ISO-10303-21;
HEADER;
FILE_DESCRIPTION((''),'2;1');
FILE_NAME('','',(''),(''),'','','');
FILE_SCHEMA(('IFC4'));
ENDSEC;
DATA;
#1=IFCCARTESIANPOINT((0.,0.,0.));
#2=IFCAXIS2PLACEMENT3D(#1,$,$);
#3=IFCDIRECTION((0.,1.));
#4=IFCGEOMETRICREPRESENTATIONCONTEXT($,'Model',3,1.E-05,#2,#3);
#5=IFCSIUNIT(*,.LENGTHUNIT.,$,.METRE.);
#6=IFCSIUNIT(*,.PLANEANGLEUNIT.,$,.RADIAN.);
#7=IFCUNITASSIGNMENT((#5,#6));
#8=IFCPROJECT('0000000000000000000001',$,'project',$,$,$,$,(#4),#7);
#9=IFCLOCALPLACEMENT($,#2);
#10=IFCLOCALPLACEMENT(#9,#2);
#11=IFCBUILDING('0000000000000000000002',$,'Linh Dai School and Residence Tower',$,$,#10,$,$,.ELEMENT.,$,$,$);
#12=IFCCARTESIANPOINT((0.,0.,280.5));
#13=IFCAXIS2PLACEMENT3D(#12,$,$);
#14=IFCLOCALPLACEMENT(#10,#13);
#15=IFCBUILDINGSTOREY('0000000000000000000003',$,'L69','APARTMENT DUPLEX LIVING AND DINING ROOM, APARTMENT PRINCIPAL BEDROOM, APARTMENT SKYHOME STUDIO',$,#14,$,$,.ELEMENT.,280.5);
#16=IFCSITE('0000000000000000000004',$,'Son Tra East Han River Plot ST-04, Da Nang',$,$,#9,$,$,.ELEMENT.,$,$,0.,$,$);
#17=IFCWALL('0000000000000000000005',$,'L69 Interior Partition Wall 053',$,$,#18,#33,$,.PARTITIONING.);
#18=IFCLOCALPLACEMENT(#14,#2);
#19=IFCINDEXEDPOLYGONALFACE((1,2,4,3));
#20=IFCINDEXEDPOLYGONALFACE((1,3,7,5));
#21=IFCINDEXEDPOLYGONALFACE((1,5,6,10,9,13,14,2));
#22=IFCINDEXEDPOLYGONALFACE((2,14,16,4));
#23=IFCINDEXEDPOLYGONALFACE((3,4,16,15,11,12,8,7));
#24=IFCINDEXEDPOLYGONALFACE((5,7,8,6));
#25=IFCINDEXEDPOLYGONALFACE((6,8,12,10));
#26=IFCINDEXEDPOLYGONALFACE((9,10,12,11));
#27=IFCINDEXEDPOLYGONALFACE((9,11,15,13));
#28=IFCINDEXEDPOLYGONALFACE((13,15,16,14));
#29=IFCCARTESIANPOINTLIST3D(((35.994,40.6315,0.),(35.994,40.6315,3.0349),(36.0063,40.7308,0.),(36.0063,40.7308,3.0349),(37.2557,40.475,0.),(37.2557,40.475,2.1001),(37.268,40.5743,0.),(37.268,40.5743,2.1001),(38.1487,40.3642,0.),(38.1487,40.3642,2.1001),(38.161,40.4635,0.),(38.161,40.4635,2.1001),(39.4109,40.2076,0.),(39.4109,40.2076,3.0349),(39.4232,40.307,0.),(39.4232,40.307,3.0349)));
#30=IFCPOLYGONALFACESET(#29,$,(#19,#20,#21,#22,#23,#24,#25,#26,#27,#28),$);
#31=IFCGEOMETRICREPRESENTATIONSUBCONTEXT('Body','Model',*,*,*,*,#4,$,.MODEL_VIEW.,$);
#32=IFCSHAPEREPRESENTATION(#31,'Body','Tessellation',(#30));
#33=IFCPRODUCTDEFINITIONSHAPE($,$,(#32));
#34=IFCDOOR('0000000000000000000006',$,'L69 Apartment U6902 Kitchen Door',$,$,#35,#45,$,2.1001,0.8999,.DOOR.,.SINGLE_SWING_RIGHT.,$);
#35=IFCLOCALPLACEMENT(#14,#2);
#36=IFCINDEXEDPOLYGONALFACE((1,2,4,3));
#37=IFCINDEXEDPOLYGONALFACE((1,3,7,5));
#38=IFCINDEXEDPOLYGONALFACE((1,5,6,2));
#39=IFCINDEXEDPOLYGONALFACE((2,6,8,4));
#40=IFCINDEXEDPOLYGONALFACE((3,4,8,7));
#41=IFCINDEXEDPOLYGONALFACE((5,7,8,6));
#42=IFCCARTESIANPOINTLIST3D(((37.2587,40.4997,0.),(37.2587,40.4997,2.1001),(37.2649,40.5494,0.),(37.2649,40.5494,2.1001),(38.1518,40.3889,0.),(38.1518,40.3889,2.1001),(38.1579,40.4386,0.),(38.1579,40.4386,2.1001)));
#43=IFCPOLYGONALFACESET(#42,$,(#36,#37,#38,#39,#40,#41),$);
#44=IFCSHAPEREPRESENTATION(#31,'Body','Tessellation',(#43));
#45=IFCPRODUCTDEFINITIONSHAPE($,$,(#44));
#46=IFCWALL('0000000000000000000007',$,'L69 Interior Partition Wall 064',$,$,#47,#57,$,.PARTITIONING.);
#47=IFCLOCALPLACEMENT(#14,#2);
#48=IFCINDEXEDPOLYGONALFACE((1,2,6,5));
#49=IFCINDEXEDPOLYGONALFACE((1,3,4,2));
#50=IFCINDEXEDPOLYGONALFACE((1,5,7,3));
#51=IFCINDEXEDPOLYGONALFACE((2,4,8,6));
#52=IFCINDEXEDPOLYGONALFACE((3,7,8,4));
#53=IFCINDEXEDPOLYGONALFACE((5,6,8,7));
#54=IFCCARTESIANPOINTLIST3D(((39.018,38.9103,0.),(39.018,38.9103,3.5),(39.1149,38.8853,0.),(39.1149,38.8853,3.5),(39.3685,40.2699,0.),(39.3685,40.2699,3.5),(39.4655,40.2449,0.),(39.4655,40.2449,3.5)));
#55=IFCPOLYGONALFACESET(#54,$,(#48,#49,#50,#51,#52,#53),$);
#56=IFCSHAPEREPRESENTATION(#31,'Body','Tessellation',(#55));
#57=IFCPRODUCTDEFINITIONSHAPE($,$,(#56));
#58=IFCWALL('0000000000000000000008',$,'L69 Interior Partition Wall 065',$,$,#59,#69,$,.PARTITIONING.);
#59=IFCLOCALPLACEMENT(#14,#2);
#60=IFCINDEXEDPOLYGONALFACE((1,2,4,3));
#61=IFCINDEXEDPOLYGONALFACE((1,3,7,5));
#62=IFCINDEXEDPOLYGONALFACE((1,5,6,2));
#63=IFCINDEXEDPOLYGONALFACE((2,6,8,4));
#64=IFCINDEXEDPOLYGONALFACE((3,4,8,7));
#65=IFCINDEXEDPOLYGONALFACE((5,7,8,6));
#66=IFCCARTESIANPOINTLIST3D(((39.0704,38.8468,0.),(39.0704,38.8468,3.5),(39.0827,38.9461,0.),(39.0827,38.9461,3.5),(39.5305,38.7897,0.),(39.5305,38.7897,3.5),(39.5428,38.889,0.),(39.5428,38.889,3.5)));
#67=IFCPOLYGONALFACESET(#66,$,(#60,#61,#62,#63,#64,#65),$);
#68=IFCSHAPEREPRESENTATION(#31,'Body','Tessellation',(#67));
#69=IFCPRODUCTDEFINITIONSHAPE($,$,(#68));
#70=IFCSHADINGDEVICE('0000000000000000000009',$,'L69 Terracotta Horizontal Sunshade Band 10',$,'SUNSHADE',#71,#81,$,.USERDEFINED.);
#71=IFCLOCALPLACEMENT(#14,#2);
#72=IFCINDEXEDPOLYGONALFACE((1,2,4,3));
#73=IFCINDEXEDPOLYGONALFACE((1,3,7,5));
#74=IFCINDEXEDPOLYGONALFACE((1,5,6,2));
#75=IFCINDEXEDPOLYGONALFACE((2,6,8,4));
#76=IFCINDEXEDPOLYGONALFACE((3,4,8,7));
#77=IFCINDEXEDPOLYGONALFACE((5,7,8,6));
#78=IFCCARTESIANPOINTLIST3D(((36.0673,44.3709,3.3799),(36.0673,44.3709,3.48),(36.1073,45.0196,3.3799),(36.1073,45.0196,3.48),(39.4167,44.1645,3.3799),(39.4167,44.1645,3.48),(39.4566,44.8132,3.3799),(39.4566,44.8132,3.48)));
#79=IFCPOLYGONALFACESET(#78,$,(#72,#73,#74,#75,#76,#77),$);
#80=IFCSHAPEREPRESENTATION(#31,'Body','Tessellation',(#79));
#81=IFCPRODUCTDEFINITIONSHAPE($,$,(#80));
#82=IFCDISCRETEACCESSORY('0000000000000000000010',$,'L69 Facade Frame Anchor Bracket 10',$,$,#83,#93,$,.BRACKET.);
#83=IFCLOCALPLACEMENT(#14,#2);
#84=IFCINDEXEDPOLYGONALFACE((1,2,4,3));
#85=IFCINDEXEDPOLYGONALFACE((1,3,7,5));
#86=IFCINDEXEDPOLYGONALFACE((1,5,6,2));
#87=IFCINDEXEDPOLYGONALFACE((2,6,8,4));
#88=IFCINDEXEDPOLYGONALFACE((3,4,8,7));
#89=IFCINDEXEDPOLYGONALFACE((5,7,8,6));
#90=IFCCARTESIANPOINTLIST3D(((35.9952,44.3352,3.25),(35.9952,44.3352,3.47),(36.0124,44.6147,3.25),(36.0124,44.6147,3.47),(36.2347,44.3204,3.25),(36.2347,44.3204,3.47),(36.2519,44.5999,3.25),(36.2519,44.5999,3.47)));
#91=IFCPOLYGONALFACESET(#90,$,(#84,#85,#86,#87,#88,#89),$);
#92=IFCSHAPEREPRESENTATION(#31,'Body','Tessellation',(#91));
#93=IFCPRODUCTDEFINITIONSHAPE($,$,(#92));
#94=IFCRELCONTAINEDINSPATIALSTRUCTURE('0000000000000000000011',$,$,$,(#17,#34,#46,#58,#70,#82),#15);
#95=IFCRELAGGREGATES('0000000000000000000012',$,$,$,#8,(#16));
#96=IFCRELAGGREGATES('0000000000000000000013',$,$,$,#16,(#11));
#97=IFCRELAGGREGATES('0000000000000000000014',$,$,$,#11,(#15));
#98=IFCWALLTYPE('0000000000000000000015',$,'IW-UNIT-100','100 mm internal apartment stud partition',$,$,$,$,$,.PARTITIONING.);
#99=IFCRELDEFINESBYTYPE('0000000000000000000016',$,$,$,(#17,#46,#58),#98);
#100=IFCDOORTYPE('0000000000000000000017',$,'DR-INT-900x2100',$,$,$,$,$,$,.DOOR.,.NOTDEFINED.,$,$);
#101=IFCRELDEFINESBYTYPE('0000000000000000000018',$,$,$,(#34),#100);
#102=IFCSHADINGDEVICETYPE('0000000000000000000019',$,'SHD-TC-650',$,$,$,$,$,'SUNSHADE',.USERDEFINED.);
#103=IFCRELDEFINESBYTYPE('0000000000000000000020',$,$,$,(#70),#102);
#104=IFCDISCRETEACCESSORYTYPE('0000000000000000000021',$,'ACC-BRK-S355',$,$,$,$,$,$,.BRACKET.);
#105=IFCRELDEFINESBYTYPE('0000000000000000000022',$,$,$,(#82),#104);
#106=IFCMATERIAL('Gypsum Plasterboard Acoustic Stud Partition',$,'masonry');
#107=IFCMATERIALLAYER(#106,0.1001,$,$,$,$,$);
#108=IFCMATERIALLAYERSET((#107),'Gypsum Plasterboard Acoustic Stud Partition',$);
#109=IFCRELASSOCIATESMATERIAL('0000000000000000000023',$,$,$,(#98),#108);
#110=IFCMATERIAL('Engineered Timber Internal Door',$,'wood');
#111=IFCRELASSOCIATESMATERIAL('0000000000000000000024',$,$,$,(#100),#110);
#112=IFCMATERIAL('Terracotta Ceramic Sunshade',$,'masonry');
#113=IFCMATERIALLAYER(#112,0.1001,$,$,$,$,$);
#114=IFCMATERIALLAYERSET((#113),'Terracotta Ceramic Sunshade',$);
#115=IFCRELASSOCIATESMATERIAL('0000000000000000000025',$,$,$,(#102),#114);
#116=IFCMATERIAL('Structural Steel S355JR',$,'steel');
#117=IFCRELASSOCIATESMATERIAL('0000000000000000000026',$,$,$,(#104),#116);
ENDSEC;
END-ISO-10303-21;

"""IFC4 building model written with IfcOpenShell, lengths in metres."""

from ifc_helpers import new_model, si_unit, direction, frame, frame_2d, origin, origin_2d, place, context, subcontext, project, spatial, rectangle, extrude, source, transform, mapped, material, layer, layer_set, type_object, element, fill, save


model = new_model("IFC4")

# Units and contexts
model_context = context("Model", 3, precision=1e-05, world=origin(), true_north=direction((0.0, 1.0)))
body_context = subcontext(model_context, "Body", "Model", "MODEL_VIEW")
ifc_project = project(units=[si_unit("LENGTHUNIT", "METRE"), si_unit("PLANEANGLEUNIT", "RADIAN")], contexts=[model_context])

# Site, building, storey
site_placement = place(None, origin())
site = spatial("IfcSite", under=ifc_project, at=site_placement, Name="Son Tra East Han River Plot ST-04, Da Nang", CompositionType="ELEMENT", RefElevation=0.0)
building_placement = place(site_placement, origin())
building = spatial("IfcBuilding", under=site, at=building_placement, Name="Linh Dai School and Residence Tower", CompositionType="ELEMENT")
storey_placement = place(building_placement, frame((0.0, 0.0, 280.5)))
storey = spatial("IfcBuildingStorey", under=building, at=storey_placement, Name="L69", Description="APARTMENT DUPLEX LIVING AND DINING ROOM, APARTMENT PRINCIPAL BEDROOM, APARTMENT SKYHOME STUDIO", CompositionType="ELEMENT", Elevation=280.5)

# Shared definitions
ifc_material_1 = material(Name="Structural Steel S355JR", Category="steel")

# Shared definitions
ifc_material_2 = material(Name="Gypsum Plasterboard Acoustic Stud Partition", Category="masonry")
ifc_layer_1 = layer(ifc_material_2, 0.1001)
ifc_layer_set_1 = layer_set([ifc_layer_1], Name="Gypsum Plasterboard Acoustic Stud Partition")
wall_type_1 = type_object("IfcWallType", Name="IW-UNIT-100", Description="100 mm internal apartment stud partition", PredefinedType="PARTITIONING", material=ifc_layer_set_1)

# Wall, opening, door
wall_1_placement = place(storey_placement, frame((36.0, 40.6812, 0.0), z_axis=(0.0, 0.0, 1.0), x_axis=(0.992395, -0.123092, 0.0)))
wall_1 = element("IfcWall", 1, at=wall_1_placement, inside=storey, type_object=wall_type_1, Name="L69 Interior Partition Wall 053", PredefinedType="PARTITIONING", context=body_context, shape_type="SweptSolid", body=[
    extrude(rectangle(XDim=3.4431, YDim=0.1001, at=frame_2d((1.7217, 0.0))), origin(), (0.0, 0.0, 1.0), 3.0349),
])
opening_1_placement = place(wall_1_placement, frame((1.2715, 0.0, 0.0)))
opening_1 = element("IfcOpeningElement", 2, at=opening_1_placement, cuts=wall_1, PredefinedType="OPENING", context=body_context, shape_type="SweptSolid", body=[
    extrude(rectangle(XDim=0.8999, YDim=2.1001, at=origin_2d()), frame((0.45, 0.0601, 1.05), z_axis=(0.0, -1.0, 0.0), x_axis=(1.0, 0.0, 0.0)), (0.0, 0.0, 1.0), 0.1201),
])
ifc_material_3 = material(Name="Engineered Timber Internal Door", Category="wood")
door_type = type_object("IfcDoorType", Name="DR-INT-900x2100", OperationType="NOTDEFINED", PredefinedType="DOOR", material=ifc_material_3)
shared_shape_1 = source(origin(), body_context, "Body", "SweptSolid", [
    extrude(rectangle(XDim=0.8999, YDim=2.1001, at=origin_2d()), frame((0.45, 0.0249, 1.05), z_axis=(0.0, -1.0, 0.0), x_axis=(1.0, 0.0, 0.0)), (0.0, 0.0, 1.0), 0.05),
])
door_placement = place(opening_1_placement, origin())
door = element("IfcDoor", 3, at=door_placement, inside=storey, type_object=door_type, Name="L69 Apartment U6902 Kitchen Door", OperationType="SINGLE_SWING_RIGHT", OverallHeight=2.1001, OverallWidth=0.8999, PredefinedType="DOOR", context=body_context, shape_type="MappedRepresentation", body=[
    mapped(shared_shape_1, transform((0.0, 0.0, 0.0), x_axis=(1.0, 0.0, 0.0), y_axis=(0.0, 1.0, 0.0), z_axis=(0.0, 0.0, 1.0), scale=1.0)),
])
fill(opening_1, door)

# Walls
wall_2_placement = place(storey_placement, frame((39.0664, 38.8977, 0.0), z_axis=(0.0, 0.0, 1.0), x_axis=(0.249689, 0.968326, 0.0)))
element("IfcWall", 4, at=wall_2_placement, inside=storey, type_object=wall_type_1, Name="L69 Interior Partition Wall 064", PredefinedType="PARTITIONING", context=body_context, shape_type="SweptSolid", body=[
    extrude(rectangle(XDim=1.4041, YDim=0.1001, at=frame_2d((0.7021, 0.0))), origin(), (0.0, 0.0, 1.0), 3.5),
])
wall_3_placement = place(storey_placement, frame((39.0764, 38.8965, 0.0), z_axis=(0.0, 0.0, 1.0), x_axis=(0.992383, -0.123192, 0.0)))
element("IfcWall", 5, at=wall_3_placement, inside=storey, type_object=wall_type_1, Name="L69 Interior Partition Wall 065", PredefinedType="PARTITIONING", context=body_context, shape_type="SweptSolid", body=[
    extrude(rectangle(XDim=0.4636, YDim=0.1001, at=frame_2d((0.2319, 0.0))), origin(), (0.0, 0.0, 1.0), 3.5),
])

# Shading device
ifc_material_4 = material(Name="Terracotta Ceramic Sunshade", Category="masonry")
ifc_layer_2 = layer(ifc_material_4, 0.1001)
ifc_layer_set_2 = layer_set([ifc_layer_2], Name="Terracotta Ceramic Sunshade")
shading_device_type = type_object("IfcShadingDeviceType", Name="SHD-TC-650", ElementType="SUNSHADE", PredefinedType="USERDEFINED", material=ifc_layer_set_2)
shared_shape_2 = source(origin(), body_context, "Body", "SweptSolid", [
    extrude(rectangle(XDim=3.3557, YDim=0.6499, at=origin_2d()), origin(), (0.0, 0.0, 1.0), 0.1001),
])
shading_device_placement = place(storey_placement, frame((37.762, 44.592, 3.3799), z_axis=(0.0, 0.0, 1.0), x_axis=(0.998106, -0.06151, 0.0)))
element("IfcShadingDevice", 6, at=shading_device_placement, inside=storey, type_object=shading_device_type, Name="L69 Terracotta Horizontal Sunshade Band 10", ObjectType="SUNSHADE", PredefinedType="USERDEFINED", context=body_context, shape_type="MappedRepresentation", body=[
    mapped(shared_shape_2, transform((0.0, 0.0, 0.0), x_axis=(1.0, 0.0, 0.0), y_axis=(0.0, 1.0, 0.0), z_axis=(0.0, 0.0, 1.0), scale=1.0)),
])

# Discrete accessory
discrete_accessory_type = type_object("IfcDiscreteAccessoryType", Name="ACC-BRK-S355", PredefinedType="BRACKET", material=ifc_material_1)
shared_shape_3 = source(origin(), body_context, "Body", "SweptSolid", [
    extrude(rectangle(XDim=0.28, YDim=0.24, at=origin_2d()), origin(), (0.0, 0.0, 1.0), 0.22),
])
discrete_accessory_placement = place(storey_placement, frame((36.1235, 44.4675, 3.25), z_axis=(0.0, 0.0, 1.0), x_axis=(0.06151, 0.998106, 0.0)))
element("IfcDiscreteAccessory", 7, at=discrete_accessory_placement, inside=storey, type_object=discrete_accessory_type, Name="L69 Facade Frame Anchor Bracket 10", PredefinedType="BRACKET", context=body_context, shape_type="MappedRepresentation", body=[
    mapped(shared_shape_3, transform((0.0, 0.0, 0.0), x_axis=(1.0, 0.0, 0.0), y_axis=(0.0, 1.0, 0.0), z_axis=(0.0, 0.0, 1.0), scale=1.0)),
])

save(model, "model.ifc")
